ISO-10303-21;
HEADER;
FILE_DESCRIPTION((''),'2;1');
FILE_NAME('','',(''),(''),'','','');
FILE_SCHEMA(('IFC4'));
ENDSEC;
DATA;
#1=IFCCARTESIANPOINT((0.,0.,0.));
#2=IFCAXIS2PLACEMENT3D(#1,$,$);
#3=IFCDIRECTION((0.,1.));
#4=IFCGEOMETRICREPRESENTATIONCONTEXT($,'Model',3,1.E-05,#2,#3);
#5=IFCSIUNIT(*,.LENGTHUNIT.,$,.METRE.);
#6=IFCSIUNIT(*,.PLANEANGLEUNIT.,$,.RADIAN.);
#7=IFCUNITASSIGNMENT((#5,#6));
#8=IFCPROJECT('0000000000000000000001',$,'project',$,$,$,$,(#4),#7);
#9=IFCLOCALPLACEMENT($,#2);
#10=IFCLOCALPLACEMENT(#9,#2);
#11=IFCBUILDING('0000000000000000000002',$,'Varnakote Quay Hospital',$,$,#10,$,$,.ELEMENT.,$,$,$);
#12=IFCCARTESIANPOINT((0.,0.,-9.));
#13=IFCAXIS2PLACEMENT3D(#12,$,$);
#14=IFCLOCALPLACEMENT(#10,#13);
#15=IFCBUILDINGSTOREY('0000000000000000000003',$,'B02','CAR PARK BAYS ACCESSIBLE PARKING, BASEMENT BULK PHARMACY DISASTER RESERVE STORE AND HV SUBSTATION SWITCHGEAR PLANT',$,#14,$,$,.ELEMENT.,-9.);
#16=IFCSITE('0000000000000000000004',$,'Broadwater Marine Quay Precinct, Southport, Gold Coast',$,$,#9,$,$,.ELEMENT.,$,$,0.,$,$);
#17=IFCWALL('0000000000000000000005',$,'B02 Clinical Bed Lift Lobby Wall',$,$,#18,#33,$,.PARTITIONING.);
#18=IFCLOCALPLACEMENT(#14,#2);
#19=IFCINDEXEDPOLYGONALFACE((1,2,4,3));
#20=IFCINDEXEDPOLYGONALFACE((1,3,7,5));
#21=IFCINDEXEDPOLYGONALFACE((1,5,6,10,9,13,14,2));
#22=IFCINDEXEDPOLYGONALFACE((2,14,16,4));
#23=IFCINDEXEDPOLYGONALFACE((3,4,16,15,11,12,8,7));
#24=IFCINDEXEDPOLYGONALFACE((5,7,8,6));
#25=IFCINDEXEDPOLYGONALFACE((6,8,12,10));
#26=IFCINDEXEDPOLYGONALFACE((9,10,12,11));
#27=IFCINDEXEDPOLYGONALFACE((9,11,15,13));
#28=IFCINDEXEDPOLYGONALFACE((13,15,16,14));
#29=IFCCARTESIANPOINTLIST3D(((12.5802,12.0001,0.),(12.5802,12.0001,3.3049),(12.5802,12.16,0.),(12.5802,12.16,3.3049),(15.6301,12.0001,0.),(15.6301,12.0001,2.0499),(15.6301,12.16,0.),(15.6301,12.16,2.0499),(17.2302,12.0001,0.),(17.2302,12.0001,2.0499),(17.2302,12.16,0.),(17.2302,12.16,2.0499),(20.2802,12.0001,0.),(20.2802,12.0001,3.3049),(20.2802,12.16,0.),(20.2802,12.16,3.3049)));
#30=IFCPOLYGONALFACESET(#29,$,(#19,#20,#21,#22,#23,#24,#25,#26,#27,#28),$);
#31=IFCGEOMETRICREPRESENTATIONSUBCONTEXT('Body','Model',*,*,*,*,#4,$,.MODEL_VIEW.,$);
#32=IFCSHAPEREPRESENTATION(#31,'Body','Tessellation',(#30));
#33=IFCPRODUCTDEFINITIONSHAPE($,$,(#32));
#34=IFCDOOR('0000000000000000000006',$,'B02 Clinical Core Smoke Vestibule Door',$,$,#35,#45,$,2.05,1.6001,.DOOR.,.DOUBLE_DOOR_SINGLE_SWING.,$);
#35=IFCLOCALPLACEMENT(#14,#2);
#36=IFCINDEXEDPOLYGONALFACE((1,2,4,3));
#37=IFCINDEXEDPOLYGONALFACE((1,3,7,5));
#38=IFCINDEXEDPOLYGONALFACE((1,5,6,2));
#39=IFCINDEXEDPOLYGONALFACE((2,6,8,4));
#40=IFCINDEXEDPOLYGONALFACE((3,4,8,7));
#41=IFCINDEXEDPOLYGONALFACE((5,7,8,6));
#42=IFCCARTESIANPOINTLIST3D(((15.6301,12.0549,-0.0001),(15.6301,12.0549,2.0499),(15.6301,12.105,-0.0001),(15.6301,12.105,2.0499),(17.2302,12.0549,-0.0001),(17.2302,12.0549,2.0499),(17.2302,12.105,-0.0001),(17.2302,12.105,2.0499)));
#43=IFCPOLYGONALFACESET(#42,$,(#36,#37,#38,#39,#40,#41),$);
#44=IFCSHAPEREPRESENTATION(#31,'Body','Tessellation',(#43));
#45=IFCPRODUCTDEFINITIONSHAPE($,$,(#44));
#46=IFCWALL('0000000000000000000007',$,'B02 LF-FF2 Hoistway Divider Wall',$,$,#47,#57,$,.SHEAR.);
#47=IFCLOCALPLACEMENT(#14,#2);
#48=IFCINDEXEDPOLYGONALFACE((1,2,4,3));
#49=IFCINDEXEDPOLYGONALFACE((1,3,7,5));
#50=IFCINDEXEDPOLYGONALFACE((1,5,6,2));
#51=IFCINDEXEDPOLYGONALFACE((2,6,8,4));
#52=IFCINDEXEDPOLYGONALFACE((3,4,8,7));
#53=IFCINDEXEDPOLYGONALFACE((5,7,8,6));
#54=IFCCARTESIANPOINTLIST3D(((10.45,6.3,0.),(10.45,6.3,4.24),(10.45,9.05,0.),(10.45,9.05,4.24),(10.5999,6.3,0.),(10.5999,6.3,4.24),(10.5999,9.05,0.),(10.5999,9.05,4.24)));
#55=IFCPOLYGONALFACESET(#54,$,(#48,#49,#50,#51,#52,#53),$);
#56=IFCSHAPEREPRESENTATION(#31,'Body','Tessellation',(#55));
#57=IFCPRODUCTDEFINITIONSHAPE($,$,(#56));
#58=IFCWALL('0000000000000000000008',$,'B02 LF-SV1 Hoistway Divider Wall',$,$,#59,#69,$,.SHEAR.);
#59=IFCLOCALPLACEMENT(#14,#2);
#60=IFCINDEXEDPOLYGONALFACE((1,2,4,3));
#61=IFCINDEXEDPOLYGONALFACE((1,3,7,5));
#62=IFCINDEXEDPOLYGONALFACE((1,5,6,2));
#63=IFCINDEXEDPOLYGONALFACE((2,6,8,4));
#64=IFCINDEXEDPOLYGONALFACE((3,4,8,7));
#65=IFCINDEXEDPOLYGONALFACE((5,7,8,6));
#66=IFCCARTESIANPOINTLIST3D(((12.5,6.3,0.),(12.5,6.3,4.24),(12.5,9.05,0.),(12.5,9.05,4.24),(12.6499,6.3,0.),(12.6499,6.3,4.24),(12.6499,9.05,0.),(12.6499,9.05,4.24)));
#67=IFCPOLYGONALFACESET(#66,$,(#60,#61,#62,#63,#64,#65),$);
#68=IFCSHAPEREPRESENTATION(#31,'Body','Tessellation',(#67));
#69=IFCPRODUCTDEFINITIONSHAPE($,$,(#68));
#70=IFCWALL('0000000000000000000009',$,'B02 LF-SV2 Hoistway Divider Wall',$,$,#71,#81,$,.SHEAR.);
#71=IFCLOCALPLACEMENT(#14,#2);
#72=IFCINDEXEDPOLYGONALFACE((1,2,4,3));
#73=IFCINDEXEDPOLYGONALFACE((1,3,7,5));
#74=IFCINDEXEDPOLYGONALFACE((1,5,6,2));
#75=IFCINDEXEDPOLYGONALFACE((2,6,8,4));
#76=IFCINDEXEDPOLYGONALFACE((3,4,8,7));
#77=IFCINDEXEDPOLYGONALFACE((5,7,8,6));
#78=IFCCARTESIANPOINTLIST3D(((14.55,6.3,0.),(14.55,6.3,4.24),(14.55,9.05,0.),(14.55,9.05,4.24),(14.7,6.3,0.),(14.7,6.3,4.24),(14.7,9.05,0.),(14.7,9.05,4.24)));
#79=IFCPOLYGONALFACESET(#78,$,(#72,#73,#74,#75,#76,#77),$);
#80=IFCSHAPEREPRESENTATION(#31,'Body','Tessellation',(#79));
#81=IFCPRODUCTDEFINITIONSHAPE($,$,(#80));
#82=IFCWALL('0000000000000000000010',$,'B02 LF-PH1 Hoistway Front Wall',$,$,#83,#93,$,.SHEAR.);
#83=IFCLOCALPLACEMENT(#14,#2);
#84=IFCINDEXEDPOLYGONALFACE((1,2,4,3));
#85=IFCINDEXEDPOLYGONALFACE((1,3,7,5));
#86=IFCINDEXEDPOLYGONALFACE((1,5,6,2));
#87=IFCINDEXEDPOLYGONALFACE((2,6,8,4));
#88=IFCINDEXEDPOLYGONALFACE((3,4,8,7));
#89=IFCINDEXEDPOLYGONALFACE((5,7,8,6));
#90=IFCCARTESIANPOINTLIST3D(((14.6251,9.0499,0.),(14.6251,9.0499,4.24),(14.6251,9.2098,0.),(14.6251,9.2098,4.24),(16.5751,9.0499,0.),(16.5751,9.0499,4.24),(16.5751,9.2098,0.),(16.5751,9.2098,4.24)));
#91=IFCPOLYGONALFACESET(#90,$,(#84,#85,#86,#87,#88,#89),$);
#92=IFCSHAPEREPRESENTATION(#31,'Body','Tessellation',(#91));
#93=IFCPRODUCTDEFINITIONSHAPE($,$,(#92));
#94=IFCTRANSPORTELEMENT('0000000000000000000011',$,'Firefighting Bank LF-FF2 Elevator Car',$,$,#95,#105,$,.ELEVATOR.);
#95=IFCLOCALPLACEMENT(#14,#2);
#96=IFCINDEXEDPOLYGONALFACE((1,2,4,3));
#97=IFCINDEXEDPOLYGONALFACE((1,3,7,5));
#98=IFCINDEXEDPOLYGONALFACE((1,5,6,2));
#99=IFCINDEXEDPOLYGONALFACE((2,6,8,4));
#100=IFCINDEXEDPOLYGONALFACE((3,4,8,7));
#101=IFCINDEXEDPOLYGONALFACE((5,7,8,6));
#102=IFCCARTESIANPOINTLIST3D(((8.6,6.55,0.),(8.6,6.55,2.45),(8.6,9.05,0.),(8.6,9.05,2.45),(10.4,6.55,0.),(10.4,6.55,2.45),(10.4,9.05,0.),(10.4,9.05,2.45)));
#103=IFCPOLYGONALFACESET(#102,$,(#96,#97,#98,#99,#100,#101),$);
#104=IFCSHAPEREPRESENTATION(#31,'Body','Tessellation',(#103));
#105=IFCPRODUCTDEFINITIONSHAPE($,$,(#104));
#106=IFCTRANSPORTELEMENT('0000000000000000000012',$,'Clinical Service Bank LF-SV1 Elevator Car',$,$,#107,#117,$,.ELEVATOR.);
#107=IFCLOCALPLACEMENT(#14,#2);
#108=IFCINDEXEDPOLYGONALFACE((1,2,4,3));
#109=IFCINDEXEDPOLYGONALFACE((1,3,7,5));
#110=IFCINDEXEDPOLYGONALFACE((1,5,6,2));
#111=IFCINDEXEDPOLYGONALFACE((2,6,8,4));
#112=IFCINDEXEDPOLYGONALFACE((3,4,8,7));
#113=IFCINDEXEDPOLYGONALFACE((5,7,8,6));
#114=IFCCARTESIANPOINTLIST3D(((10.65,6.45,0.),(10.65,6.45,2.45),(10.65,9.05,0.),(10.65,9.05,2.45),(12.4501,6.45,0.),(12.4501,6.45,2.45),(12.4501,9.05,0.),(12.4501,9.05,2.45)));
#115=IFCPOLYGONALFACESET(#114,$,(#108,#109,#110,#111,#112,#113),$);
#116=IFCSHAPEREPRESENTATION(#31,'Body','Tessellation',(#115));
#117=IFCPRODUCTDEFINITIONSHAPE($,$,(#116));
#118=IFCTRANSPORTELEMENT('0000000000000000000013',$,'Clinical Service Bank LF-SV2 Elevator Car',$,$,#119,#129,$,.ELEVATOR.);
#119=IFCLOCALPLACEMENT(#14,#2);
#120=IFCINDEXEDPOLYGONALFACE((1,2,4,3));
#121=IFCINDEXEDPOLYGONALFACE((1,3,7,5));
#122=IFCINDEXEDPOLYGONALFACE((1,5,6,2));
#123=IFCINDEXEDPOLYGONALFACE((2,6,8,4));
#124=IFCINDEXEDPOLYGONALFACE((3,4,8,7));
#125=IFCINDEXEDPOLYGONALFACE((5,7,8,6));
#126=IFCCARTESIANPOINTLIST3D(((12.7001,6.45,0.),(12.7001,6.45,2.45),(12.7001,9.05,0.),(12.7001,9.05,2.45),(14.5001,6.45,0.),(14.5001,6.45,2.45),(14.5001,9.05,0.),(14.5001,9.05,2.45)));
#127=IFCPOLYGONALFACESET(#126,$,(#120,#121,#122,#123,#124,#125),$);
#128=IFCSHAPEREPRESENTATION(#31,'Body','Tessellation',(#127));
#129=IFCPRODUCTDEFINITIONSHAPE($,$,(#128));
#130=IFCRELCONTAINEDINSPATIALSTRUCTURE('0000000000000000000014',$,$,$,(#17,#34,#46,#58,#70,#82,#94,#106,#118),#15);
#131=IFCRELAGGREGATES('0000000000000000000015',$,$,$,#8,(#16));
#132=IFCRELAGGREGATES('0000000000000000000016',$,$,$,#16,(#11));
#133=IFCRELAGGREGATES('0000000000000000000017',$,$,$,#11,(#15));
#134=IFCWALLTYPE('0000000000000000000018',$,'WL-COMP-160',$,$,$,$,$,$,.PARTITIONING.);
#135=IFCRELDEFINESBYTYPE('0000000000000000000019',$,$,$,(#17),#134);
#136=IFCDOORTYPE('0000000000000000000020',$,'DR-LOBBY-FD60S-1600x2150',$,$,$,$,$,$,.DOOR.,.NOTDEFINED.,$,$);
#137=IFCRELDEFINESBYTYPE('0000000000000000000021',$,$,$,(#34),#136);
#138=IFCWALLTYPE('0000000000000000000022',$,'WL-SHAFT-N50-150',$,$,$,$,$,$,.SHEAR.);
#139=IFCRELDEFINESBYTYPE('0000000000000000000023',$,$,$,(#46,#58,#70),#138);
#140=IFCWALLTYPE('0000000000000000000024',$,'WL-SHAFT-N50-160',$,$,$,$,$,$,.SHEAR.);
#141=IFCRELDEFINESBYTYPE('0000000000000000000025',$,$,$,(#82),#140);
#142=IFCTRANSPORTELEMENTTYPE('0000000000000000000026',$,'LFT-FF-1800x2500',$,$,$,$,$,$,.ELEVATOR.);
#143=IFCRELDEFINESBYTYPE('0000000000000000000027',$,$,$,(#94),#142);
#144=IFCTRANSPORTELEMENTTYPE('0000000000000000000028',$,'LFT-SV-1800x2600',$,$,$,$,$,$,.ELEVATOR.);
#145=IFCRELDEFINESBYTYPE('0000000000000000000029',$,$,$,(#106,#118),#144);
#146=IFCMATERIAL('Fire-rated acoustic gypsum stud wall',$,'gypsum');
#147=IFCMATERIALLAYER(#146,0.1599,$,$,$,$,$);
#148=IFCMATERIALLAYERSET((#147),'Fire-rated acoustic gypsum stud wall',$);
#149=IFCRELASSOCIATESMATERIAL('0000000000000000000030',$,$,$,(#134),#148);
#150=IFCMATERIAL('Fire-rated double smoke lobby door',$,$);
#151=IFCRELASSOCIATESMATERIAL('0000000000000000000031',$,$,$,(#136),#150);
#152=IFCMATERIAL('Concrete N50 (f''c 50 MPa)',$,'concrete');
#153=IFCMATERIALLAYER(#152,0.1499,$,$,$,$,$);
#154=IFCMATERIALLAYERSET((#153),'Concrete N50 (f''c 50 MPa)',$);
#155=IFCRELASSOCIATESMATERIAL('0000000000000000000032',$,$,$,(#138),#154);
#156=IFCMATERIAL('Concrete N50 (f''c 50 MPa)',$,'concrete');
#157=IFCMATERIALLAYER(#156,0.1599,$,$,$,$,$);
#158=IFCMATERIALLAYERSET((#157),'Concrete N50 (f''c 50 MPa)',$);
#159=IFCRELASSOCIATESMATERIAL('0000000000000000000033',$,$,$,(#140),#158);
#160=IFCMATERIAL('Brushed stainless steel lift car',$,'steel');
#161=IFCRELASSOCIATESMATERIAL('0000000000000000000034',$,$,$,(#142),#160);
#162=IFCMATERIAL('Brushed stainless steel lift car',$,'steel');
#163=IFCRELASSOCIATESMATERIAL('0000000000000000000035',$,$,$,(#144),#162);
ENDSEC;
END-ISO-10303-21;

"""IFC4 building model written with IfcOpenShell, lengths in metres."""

from ifc_helpers import new_model, si_unit, direction, frame, frame_2d, origin, origin_2d, place, context, subcontext, project, spatial, rectangle, extrude, material, layer, layer_set, type_object, element, fill, save


model = new_model("IFC4")

# Units and contexts
model_context = context("Model", 3, precision=1e-05, world=origin(), true_north=direction((0.0, 1.0)))
body_context = subcontext(model_context, "Body", "Model", "MODEL_VIEW")
ifc_project = project(units=[si_unit("LENGTHUNIT", "METRE"), si_unit("PLANEANGLEUNIT", "RADIAN")], contexts=[model_context])

# Site, building, storey
site_placement = place(None, origin())
site = spatial("IfcSite", under=ifc_project, at=site_placement, Name="Broadwater Marine Quay Precinct, Southport, Gold Coast", CompositionType="ELEMENT", RefElevation=0.0)
building_placement = place(site_placement, origin())
building = spatial("IfcBuilding", under=site, at=building_placement, Name="Varnakote Quay Hospital", CompositionType="ELEMENT")
storey_placement = place(building_placement, frame((0.0, 0.0, -9.0)))
storey = spatial("IfcBuildingStorey", under=building, at=storey_placement, Name="B02", Description="CAR PARK BAYS ACCESSIBLE PARKING, BASEMENT BULK PHARMACY DISASTER RESERVE STORE AND HV SUBSTATION SWITCHGEAR PLANT", CompositionType="ELEMENT", Elevation=-9.0)

# Shared definitions
ifc_material_1 = material(Name="Fire-rated acoustic gypsum stud wall", Category="gypsum")
ifc_layer_1 = layer(ifc_material_1, 0.1599)
ifc_layer_set_1 = layer_set([ifc_layer_1], Name="Fire-rated acoustic gypsum stud wall")
wall_type_1 = type_object("IfcWallType", Name="WL-COMP-160", PredefinedType="PARTITIONING", material=ifc_layer_set_1)

# Wall, opening, door
wall_1_placement = place(storey_placement, frame((12.5801, 12.0801, 0.0), z_axis=(0.0, 0.0, 1.0), x_axis=(1.0, 0.0, 0.0)))
wall_1 = element("IfcWall", 1, at=wall_1_placement, inside=storey, type_object=wall_type_1, Name="B02 Clinical Bed Lift Lobby Wall", PredefinedType="PARTITIONING", context=body_context, shape_type="SweptSolid", body=[
    extrude(rectangle(XDim=7.7, YDim=0.1599, at=frame_2d((3.8501, 0.0))), origin(), (0.0, 0.0, 1.0), 3.3049),
])
opening_1_placement = place(wall_1_placement, frame((3.05, 0.0, 0.0)))
opening_1 = element("IfcOpeningElement", 2, at=opening_1_placement, cuts=wall_1, PredefinedType="OPENING", context=body_context, shape_type="SweptSolid", body=[
    extrude(rectangle(XDim=1.6001, YDim=2.05, at=frame_2d((0.8, 1.0249))), frame((0.0, 0.0898, 0.0), z_axis=(0.0, -1.0, 0.0), x_axis=(1.0, 0.0, 0.0)), (0.0, 0.0, 1.0), 0.1799),
])
ifc_material_2 = material(Name="Fire-rated double smoke lobby door")
door_type_1 = type_object("IfcDoorType", Name="DR-LOBBY-FD60S-1600x2150", OperationType="NOTDEFINED", PredefinedType="DOOR", material=ifc_material_2)
door_1_placement = place(opening_1_placement, origin())
door_1 = element("IfcDoor", 3, at=door_1_placement, inside=storey, type_object=door_type_1, Name="B02 Clinical Core Smoke Vestibule Door", OperationType="DOUBLE_DOOR_SINGLE_SWING", OverallHeight=2.05, OverallWidth=1.6001, PredefinedType="DOOR", context=body_context, shape_type="SweptSolid", body=[
    extrude(rectangle(XDim=1.6001, YDim=2.05, at=frame_2d((0.8, 1.0249))), frame((0.0, 0.0249, 0.0), z_axis=(0.0, -1.0, 0.0), x_axis=(1.0, 0.0, 0.0)), (0.0, 0.0, 1.0), 0.05),
])
fill(opening_1, door_1)

# Walls
ifc_material_3 = material(Name="Concrete N50 (f'c 50 MPa)", Category="concrete")
ifc_layer_2 = layer(ifc_material_3, 0.1499)
ifc_layer_set_2 = layer_set([ifc_layer_2], Name="Concrete N50 (f'c 50 MPa)")
wall_type_2 = type_object("IfcWallType", Name="WL-SHAFT-N50-150", PredefinedType="SHEAR", material=ifc_layer_set_2)
for number, where, z_axis, x_axis, name in (
    (4, (10.5249, 6.3, 0.0), (0.0, 0.0, 1.0), (0.0, 1.0, 0.0), "B02 LF-FF2 Hoistway Divider Wall"),
    (5, (12.575, 6.3, 0.0), (0.0, 0.0, 1.0), (0.0, 1.0, 0.0), "B02 LF-SV1 Hoistway Divider Wall"),
    (6, (14.625, 6.3, 0.0), (0.0, 0.0, 1.0), (0.0, 1.0, 0.0), "B02 LF-SV2 Hoistway Divider Wall"),
):
    element("IfcWall", number, at=place(storey_placement, frame(where, z_axis=z_axis, x_axis=x_axis)), inside=storey, type_object=wall_type_2, Name=name, PredefinedType="SHEAR", context=body_context, shape_type="SweptSolid", body=[
        extrude(rectangle(XDim=2.75, YDim=0.1499, at=frame_2d((1.375, 0.0))), origin(), (0.0, 0.0, 1.0), 4.24),
    ])

# Shared definitions
ifc_material_4 = material(Name="Concrete N50 (f'c 50 MPa)", Category="concrete")
ifc_layer_3 = layer(ifc_material_4, 0.1599)
ifc_layer_set_3 = layer_set([ifc_layer_3], Name="Concrete N50 (f'c 50 MPa)")
wall_type_3 = type_object("IfcWallType", Name="WL-SHAFT-N50-160", PredefinedType="SHEAR", material=ifc_layer_set_3)

# Wall
wall_2_placement = place(storey_placement, frame((14.625, 9.1299, 0.0), z_axis=(0.0, 0.0, 1.0), x_axis=(1.0, 0.0, 0.0)))
element("IfcWall", 7, at=wall_2_placement, inside=storey, type_object=wall_type_3, Name="B02 LF-PH1 Hoistway Front Wall", PredefinedType="SHEAR", context=body_context, shape_type="SweptSolid", body=[
    extrude(rectangle(XDim=1.95, YDim=0.1599, at=frame_2d((0.9751, 0.0))), origin(), (0.0, 0.0, 1.0), 4.24),
])

# Transport elements
ifc_material_5 = material(Name="Brushed stainless steel lift car", Category="steel")
transport_element_type_1 = type_object("IfcTransportElementType", Name="LFT-FF-1800x2500", PredefinedType="ELEVATOR", material=ifc_material_5)
transport_element_placement = place(storey_placement, frame((9.5, 7.8, 0.0), z_axis=(0.0, 0.0, 1.0), x_axis=(1.0, 0.0, 0.0)))
element("IfcTransportElement", 8, at=transport_element_placement, inside=storey, type_object=transport_element_type_1, Name="Firefighting Bank LF-FF2 Elevator Car", PredefinedType="ELEVATOR", context=body_context, shape_type="SweptSolid", body=[
    extrude(rectangle(XDim=1.8, YDim=2.5, at=origin_2d()), origin(), (0.0, 0.0, 1.0), 2.45),
])
ifc_material_6 = material(Name="Brushed stainless steel lift car", Category="steel")
transport_element_type_2 = type_object("IfcTransportElementType", Name="LFT-SV-1800x2600", PredefinedType="ELEVATOR", material=ifc_material_6)
for number, where, z_axis, x_axis, name in (
    (9, (11.55, 7.75, 0.0), (0.0, 0.0, 1.0), (1.0, 0.0, 0.0), "Clinical Service Bank LF-SV1 Elevator Car"),
    (10, (13.6001, 7.75, 0.0), (0.0, 0.0, 1.0), (1.0, 0.0, 0.0), "Clinical Service Bank LF-SV2 Elevator Car"),
):
    element("IfcTransportElement", number, at=place(storey_placement, frame(where, z_axis=z_axis, x_axis=x_axis)), inside=storey, type_object=transport_element_type_2, Name=name, PredefinedType="ELEVATOR", context=body_context, shape_type="SweptSolid", body=[
        extrude(rectangle(XDim=1.8, YDim=2.6001, at=origin_2d()), origin(), (0.0, 0.0, 1.0), 2.45),
    ])

save(model, "model.ifc")
